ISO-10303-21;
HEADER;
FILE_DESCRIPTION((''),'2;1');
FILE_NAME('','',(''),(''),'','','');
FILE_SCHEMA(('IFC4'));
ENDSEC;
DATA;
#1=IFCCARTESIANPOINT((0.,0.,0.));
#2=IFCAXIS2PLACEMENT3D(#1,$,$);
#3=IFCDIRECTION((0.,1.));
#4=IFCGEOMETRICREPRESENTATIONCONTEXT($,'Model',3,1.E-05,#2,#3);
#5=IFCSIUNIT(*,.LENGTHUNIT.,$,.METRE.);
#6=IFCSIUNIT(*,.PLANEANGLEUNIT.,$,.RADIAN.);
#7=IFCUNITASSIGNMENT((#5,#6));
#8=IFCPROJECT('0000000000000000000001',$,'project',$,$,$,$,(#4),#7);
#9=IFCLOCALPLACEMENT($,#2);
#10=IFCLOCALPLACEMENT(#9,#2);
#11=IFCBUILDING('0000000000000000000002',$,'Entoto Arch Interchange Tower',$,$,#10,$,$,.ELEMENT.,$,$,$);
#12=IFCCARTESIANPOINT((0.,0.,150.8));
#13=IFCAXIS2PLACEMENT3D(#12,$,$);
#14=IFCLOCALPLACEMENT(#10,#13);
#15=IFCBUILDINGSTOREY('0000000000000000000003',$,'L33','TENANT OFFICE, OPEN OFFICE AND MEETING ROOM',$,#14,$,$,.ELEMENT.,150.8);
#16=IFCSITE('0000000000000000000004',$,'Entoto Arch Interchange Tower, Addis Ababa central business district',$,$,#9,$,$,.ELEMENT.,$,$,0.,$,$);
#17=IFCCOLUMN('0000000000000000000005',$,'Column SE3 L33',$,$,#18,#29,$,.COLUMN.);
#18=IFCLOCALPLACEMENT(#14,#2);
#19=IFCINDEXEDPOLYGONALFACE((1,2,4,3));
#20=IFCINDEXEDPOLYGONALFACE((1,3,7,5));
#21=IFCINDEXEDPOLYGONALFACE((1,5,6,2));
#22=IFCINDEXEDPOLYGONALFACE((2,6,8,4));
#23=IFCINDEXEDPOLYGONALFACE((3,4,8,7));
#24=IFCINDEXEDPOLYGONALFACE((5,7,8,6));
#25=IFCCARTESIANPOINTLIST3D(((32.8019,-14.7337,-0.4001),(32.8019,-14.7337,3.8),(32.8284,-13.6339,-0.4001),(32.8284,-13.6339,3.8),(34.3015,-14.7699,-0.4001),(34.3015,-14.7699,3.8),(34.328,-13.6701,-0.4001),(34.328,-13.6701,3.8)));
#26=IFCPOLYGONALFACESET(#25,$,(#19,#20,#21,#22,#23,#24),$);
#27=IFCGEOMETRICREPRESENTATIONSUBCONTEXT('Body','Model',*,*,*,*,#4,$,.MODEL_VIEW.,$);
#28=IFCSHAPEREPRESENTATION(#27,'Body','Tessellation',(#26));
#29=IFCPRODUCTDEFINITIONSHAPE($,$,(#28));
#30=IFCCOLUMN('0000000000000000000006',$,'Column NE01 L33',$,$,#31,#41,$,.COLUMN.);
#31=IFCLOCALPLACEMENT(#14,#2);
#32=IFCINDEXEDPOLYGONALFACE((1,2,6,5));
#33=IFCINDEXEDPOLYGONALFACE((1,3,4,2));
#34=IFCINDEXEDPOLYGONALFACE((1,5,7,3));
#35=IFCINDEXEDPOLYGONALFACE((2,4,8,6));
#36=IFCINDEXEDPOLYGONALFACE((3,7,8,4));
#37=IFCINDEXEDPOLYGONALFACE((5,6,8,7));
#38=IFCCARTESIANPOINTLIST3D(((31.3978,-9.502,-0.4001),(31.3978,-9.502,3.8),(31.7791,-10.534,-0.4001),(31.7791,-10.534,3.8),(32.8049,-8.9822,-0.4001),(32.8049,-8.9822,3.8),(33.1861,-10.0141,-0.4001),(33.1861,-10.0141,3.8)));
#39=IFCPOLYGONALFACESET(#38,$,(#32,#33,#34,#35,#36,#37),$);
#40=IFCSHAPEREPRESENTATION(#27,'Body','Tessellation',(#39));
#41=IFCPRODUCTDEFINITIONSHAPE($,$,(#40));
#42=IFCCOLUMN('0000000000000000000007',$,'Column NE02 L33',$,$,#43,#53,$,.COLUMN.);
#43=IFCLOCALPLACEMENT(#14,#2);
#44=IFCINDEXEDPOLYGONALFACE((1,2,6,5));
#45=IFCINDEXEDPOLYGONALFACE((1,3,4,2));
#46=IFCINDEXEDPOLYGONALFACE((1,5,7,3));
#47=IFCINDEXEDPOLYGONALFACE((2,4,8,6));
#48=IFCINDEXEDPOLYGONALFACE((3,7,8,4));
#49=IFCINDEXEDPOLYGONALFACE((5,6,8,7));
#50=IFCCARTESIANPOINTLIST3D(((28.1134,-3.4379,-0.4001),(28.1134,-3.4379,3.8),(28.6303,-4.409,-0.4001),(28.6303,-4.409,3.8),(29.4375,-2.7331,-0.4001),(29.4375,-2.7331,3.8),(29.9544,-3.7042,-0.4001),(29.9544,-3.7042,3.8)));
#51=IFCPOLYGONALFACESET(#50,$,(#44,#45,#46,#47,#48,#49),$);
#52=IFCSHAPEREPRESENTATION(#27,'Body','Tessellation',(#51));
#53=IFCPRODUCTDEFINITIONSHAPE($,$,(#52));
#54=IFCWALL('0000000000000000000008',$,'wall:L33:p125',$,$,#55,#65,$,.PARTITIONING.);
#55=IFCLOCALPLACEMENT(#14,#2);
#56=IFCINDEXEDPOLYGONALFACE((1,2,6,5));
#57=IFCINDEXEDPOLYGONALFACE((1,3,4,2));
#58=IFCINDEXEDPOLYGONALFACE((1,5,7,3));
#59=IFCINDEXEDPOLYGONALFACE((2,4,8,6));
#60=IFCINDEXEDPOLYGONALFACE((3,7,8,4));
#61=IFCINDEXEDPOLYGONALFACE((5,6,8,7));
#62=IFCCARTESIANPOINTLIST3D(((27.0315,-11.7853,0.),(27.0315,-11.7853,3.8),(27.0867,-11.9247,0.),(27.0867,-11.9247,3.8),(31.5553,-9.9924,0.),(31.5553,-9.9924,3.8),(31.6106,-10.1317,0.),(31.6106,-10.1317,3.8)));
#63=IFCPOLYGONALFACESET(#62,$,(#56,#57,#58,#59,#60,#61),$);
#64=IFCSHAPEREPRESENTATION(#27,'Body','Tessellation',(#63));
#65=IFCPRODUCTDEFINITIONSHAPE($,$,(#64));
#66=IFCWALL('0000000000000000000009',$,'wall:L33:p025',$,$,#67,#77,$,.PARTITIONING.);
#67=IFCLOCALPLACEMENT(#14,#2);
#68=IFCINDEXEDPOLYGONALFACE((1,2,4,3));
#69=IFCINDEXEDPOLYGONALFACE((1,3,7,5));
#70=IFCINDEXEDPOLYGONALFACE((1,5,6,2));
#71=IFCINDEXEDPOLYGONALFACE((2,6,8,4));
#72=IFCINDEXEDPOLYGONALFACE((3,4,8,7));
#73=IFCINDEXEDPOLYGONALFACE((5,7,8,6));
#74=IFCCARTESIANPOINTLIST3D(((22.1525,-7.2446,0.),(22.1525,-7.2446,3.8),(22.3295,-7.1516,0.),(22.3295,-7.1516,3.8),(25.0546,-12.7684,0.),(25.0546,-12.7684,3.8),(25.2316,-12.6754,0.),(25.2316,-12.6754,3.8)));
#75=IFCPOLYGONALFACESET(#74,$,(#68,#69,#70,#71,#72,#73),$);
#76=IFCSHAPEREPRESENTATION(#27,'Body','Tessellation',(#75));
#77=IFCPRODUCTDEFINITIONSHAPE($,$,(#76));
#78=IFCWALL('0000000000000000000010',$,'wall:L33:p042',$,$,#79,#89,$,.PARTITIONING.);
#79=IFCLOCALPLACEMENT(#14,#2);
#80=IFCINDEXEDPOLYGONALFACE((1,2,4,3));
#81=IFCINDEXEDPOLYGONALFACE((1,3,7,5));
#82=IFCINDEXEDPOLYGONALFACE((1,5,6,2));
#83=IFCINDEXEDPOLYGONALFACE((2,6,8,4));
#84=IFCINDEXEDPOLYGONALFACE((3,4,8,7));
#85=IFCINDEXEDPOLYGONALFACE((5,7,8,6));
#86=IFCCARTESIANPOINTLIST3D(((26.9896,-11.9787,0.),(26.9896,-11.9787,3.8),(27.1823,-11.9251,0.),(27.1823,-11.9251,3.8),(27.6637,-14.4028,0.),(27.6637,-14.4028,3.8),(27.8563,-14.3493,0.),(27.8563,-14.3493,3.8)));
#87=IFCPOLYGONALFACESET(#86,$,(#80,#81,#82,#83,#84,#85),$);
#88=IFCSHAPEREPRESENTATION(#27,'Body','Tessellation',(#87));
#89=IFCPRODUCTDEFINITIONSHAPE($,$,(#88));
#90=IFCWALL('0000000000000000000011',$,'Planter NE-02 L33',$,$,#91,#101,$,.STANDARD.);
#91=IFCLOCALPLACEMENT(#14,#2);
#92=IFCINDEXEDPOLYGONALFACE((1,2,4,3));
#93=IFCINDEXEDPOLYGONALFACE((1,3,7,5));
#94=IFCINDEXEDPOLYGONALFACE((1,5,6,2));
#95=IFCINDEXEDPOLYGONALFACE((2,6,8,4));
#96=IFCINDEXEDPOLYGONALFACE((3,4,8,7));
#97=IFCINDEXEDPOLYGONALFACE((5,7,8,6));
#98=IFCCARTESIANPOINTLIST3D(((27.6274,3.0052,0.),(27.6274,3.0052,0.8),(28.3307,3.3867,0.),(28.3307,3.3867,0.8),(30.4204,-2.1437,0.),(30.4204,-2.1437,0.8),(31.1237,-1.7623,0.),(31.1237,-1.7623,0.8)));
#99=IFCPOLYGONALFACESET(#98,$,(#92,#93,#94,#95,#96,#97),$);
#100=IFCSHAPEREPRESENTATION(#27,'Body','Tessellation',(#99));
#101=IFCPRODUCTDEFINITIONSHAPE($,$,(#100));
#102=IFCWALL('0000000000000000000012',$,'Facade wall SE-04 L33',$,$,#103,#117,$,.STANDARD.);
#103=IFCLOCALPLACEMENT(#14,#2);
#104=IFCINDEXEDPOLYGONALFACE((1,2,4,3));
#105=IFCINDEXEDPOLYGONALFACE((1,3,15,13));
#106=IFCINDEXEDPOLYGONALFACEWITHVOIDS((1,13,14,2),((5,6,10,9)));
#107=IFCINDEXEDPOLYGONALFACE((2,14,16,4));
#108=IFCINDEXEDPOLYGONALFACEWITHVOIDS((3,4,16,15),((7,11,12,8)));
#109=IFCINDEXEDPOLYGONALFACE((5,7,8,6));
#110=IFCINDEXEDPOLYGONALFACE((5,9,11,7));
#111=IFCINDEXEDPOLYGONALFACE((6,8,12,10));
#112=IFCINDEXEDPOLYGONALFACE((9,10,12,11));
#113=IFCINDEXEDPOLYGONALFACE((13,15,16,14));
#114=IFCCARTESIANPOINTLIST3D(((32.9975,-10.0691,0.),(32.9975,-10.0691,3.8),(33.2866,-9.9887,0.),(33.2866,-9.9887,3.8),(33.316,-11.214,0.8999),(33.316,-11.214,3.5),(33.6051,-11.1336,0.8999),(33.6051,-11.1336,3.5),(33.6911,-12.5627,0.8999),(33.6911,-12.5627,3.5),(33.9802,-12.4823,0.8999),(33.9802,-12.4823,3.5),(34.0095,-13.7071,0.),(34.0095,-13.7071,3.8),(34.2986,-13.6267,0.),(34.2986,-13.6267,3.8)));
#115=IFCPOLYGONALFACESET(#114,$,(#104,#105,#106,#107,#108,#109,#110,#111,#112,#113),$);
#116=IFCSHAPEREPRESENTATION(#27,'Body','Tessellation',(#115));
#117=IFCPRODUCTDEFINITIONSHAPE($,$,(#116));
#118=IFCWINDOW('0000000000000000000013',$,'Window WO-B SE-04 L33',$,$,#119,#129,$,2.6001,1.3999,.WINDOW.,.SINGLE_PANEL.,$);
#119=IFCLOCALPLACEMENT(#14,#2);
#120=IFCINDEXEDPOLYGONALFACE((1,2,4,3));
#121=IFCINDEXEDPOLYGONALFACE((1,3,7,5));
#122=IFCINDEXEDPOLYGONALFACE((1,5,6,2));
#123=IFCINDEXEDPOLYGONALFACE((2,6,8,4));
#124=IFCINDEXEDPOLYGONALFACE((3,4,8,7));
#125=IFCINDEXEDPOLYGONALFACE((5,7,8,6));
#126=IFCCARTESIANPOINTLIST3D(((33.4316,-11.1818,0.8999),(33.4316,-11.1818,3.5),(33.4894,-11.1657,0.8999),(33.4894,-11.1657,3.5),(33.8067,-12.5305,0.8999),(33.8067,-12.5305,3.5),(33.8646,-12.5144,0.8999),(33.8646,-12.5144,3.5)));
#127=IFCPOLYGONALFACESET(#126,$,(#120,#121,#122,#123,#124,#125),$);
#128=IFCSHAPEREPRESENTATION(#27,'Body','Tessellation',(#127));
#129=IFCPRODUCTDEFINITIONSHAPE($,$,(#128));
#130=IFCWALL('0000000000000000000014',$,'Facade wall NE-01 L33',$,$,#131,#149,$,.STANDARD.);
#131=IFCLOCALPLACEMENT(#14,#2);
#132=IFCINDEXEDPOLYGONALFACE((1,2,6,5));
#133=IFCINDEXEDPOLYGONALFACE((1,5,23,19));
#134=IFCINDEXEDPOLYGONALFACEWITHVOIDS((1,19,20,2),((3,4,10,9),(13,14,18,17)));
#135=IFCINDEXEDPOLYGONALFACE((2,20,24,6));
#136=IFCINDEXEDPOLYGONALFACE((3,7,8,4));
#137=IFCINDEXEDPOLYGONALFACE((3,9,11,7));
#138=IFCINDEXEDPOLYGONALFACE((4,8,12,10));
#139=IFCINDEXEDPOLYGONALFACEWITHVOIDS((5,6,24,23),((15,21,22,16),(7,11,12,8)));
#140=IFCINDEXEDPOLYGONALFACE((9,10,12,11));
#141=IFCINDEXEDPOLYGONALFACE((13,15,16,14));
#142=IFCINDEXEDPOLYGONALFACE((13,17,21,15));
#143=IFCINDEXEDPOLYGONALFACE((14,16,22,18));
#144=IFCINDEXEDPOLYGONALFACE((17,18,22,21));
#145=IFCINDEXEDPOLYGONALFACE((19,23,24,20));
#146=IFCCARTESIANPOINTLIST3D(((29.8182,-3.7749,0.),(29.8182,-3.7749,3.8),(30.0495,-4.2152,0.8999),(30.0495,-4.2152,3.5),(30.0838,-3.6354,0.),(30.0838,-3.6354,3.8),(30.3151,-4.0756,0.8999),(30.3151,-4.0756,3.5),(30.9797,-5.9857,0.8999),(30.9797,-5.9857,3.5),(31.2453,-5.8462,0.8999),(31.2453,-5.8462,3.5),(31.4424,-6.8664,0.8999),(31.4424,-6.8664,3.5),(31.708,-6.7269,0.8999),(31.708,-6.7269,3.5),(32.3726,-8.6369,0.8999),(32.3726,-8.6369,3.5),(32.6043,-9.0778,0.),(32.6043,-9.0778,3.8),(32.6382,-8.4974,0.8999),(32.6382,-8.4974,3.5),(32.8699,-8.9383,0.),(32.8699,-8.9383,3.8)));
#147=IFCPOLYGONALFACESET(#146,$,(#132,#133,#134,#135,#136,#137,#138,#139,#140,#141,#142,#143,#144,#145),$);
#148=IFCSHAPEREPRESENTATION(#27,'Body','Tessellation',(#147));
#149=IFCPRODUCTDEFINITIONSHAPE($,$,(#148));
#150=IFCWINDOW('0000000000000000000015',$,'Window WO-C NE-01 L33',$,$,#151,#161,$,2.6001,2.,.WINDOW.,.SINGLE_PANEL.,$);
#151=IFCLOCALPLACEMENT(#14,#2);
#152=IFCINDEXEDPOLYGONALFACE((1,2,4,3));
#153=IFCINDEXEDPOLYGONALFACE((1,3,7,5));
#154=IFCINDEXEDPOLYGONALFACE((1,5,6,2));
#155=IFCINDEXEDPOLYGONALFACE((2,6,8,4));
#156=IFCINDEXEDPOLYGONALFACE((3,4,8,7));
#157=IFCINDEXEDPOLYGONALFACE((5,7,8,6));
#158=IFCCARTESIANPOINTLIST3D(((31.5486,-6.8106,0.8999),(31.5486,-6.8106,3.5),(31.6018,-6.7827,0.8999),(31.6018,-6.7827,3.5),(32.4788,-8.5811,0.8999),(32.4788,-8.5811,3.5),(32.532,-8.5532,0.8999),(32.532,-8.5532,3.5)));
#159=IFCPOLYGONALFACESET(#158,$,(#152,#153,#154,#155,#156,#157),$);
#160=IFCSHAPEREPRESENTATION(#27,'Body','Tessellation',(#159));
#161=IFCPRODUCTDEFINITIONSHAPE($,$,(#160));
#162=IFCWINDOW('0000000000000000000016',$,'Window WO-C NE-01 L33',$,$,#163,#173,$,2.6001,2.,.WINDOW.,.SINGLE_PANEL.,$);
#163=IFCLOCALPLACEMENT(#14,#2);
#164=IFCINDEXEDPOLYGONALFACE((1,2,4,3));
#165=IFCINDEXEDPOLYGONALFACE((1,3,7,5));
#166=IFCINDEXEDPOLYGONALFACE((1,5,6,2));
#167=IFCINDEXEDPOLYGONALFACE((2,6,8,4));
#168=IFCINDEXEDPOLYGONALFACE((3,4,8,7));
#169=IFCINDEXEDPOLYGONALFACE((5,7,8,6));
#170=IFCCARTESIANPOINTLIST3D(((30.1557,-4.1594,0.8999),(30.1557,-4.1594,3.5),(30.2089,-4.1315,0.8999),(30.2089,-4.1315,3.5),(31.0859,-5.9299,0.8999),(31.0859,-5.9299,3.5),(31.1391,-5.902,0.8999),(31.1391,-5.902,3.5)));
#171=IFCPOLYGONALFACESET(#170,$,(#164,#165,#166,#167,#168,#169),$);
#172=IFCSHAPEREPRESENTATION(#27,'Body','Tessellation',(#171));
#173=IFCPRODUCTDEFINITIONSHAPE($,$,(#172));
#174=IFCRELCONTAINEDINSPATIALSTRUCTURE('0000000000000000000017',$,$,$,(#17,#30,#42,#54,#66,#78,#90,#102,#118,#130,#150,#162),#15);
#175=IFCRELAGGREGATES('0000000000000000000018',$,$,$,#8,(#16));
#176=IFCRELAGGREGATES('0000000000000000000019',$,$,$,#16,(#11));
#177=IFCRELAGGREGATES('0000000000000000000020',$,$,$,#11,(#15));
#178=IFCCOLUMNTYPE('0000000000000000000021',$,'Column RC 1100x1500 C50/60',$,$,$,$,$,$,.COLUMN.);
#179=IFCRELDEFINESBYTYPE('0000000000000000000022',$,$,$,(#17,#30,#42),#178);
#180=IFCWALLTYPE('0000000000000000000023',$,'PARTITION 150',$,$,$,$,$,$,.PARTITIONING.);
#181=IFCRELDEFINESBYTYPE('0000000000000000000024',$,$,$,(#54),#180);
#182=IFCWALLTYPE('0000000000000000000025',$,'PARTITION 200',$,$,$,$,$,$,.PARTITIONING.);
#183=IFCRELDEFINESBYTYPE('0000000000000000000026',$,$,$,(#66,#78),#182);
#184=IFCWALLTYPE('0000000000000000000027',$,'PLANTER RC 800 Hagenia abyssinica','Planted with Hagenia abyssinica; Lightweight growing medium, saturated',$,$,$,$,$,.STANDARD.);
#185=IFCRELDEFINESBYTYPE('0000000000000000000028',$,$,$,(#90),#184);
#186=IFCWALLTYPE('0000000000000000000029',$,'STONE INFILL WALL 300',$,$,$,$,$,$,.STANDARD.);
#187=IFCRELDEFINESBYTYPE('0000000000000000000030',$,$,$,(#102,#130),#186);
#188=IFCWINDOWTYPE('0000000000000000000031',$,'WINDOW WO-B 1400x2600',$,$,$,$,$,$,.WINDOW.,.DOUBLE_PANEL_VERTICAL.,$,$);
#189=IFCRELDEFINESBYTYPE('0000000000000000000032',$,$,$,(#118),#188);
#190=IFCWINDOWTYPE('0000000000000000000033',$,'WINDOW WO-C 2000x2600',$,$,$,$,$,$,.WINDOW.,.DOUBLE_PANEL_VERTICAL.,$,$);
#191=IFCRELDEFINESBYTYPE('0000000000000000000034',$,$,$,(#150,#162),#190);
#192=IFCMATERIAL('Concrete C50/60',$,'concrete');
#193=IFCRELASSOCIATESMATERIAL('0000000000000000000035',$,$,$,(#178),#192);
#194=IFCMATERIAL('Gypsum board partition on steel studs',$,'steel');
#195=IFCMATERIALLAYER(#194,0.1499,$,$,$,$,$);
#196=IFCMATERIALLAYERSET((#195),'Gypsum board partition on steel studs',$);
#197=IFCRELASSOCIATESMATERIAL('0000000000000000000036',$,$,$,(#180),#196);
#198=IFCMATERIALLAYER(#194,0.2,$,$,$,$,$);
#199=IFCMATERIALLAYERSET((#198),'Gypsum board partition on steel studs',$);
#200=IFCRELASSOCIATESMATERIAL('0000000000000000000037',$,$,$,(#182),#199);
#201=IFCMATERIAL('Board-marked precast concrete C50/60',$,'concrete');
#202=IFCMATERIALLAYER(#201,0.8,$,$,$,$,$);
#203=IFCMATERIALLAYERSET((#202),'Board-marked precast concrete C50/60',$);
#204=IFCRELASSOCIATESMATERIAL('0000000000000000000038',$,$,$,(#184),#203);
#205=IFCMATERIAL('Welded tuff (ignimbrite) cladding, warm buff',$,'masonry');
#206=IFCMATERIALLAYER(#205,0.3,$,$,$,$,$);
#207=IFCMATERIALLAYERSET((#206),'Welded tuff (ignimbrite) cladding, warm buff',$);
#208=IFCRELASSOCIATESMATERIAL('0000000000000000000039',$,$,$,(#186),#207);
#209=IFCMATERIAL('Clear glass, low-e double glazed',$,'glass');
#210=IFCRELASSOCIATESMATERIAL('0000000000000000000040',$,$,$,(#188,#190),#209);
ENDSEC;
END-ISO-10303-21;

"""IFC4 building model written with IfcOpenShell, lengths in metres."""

from ifc_helpers import new_model, si_unit, direction, frame, frame_2d, origin, origin_2d, place, context, subcontext, project, spatial, rectangle, extrude, material, layer, layer_set, material_profile, profile_set, type_object, element, fill, save


model = new_model("IFC4")

# Units and contexts
model_context = context("Model", 3, precision=1e-05, world=origin(), true_north=direction((0.0, 1.0)))
body_context = subcontext(model_context, "Body", "Model", "MODEL_VIEW")
ifc_project = project(units=[si_unit("LENGTHUNIT", "METRE"), si_unit("PLANEANGLEUNIT", "RADIAN")], contexts=[model_context])

# Site, building, storey
site_placement = place(None, origin())
site = spatial("IfcSite", under=ifc_project, at=site_placement, Name="Entoto Arch Interchange Tower, Addis Ababa central business district", CompositionType="ELEMENT", RefElevation=0.0)
building_placement = place(site_placement, origin())
building = spatial("IfcBuilding", under=site, at=building_placement, Name="Entoto Arch Interchange Tower", CompositionType="ELEMENT")
storey_placement = place(building_placement, frame((0.0, 0.0, 150.8)))
storey = spatial("IfcBuildingStorey", under=building, at=storey_placement, Name="L33", Description="TENANT OFFICE, OPEN OFFICE AND MEETING ROOM", CompositionType="ELEMENT", Elevation=150.8)

# Columns
ifc_material_1 = material(Name="Concrete C50/60", Category="concrete")
ifc_material_profile = material_profile(ifc_material_1, rectangle(XDim=1.1001, YDim=1.5, at=origin_2d()))
ifc_profile_set = profile_set([ifc_material_profile], Name="Concrete C50/60")
column_type = type_object("IfcColumnType", Name="Column RC 1100x1500 C50/60", PredefinedType="COLUMN", material=ifc_profile_set)
for number, where, z_axis, x_axis, name in (
    (1, (33.5649, -14.2019, -0.4001), (0.0, 0.0, 1.0), (0.024118, 0.999709, 0.0), "Column SE3 L33"),
    (2, (32.292, -9.7581, -0.4001), (0.0, 0.0, 1.0), (-0.346592, 0.938016, 0.0), "Column NE01 L33"),
    (3, (29.0339, -3.571, -0.4001), (0.0, 0.0, 1.0), (-0.469857, 0.882743, 0.0), "Column NE02 L33"),
):
    element("IfcColumn", number, at=place(storey_placement, frame(where, z_axis=z_axis, x_axis=x_axis)), inside=storey, type_object=column_type, Name=name, PredefinedType="COLUMN", context=body_context, shape_type="SweptSolid", body=[
        extrude(rectangle(XDim=1.1001, YDim=1.5, at=origin_2d()), origin(), (0.0, 0.0, 1.0), 4.2002),
    ])

# Walls
ifc_material_2 = material(Name="Gypsum board partition on steel studs", Category="steel")
ifc_layer_1 = layer(ifc_material_2, 0.1499)
ifc_layer_set_1 = layer_set([ifc_layer_1], Name="Gypsum board partition on steel studs")
wall_type_1 = type_object("IfcWallType", Name="PARTITION 150", PredefinedType="PARTITIONING", material=ifc_layer_set_1)
wall_1_placement = place(storey_placement, frame((27.0591, -11.855, 0.0), z_axis=(0.0, 0.0, 1.0), x_axis=(0.929648, 0.368448, 0.0)))
element("IfcWall", 4, at=wall_1_placement, inside=storey, type_object=wall_type_1, Name="wall:L33:p125", PredefinedType="PARTITIONING", context=body_context, shape_type="SweptSolid", body=[
    extrude(rectangle(XDim=4.8662, YDim=0.1499, at=frame_2d((2.4331, 0.0))), origin(), (0.0, 0.0, 1.0), 3.8),
])
ifc_layer_2 = layer(ifc_material_2, 0.2)
ifc_layer_set_2 = layer_set([ifc_layer_2], Name="Gypsum board partition on steel studs")
wall_type_2 = type_object("IfcWallType", Name="PARTITION 200", PredefinedType="PARTITIONING", material=ifc_layer_set_2)
wall_2_placement = place(storey_placement, frame((25.1431, -12.7219, 0.0), z_axis=(0.0, 0.0, 1.0), x_axis=(-0.46509, 0.885263, 0.0)))
element("IfcWall", 5, at=wall_2_placement, inside=storey, type_object=wall_type_2, Name="wall:L33:p025", PredefinedType="PARTITIONING", context=body_context, shape_type="SweptSolid", body=[
    extrude(rectangle(XDim=6.2397, YDim=0.2, at=frame_2d((3.1199, 0.0))), origin(), (0.0, 0.0, 1.0), 3.8),
])
wall_3_placement = place(storey_placement, frame((27.0859, -11.9519, 0.0), z_axis=(0.0, 0.0, 1.0), x_axis=(0.267909, -0.963444, 0.0)))
element("IfcWall", 6, at=wall_3_placement, inside=storey, type_object=wall_type_2, Name="wall:L33:p042", PredefinedType="PARTITIONING", context=body_context, shape_type="SweptSolid", body=[
    extrude(rectangle(XDim=2.5161, YDim=0.2, at=frame_2d((1.2581, 0.0))), origin(), (0.0, 0.0, 1.0), 3.8),
])
ifc_material_3 = material(Name="Board-marked precast concrete C50/60", Category="concrete")
ifc_layer_3 = layer(ifc_material_3, 0.8)
ifc_layer_set_3 = layer_set([ifc_layer_3], Name="Board-marked precast concrete C50/60")
wall_type_3 = type_object("IfcWallType", Name="PLANTER RC 800 Hagenia abyssinica", Description="Planted with Hagenia abyssinica; Lightweight growing medium, saturated", PredefinedType="STANDARD", material=ifc_layer_set_3)
wall_4_placement = place(storey_placement, frame((30.772, -1.9529, 0.0), z_axis=(0.0, 0.0, 1.0), x_axis=(-0.476807, 0.879008, 0.0)))
element("IfcWall", 7, at=wall_4_placement, inside=storey, type_object=wall_type_3, Name="Planter NE-02 L33", PredefinedType="STANDARD", context=body_context, shape_type="SweptSolid", body=[
    extrude(rectangle(XDim=5.8577, YDim=0.8, at=frame_2d((2.9287, 0.0))), origin(), (0.0, 0.0, 1.0), 0.8),
])

# Wall, opening, window
ifc_material_4 = material(Name="Welded tuff (ignimbrite) cladding, warm buff", Category="masonry")
ifc_layer_4 = layer(ifc_material_4, 0.3)
ifc_layer_set_4 = layer_set([ifc_layer_4], Name="Welded tuff (ignimbrite) cladding, warm buff")
wall_type_4 = type_object("IfcWallType", Name="STONE INFILL WALL 300", PredefinedType="STANDARD", material=ifc_layer_set_4)
wall_5_placement = place(storey_placement, frame((34.1541, -13.667, 0.0), z_axis=(0.0, 0.0, 1.0), x_axis=(-0.267994, 0.963421, 0.0)))
wall_5 = element("IfcWall", 8, at=wall_5_placement, inside=storey, type_object=wall_type_4, Name="Facade wall SE-04 L33", PredefinedType="STANDARD", context=body_context, shape_type="SweptSolid", body=[
    extrude(rectangle(XDim=3.7761, YDim=0.3, at=frame_2d((1.8882, 0.0))), origin(), (0.0, 0.0, 1.0), 3.8),
])
opening_1_placement = place(wall_5_placement, frame((1.188, 0.0, 0.8999)))
opening_1 = element("IfcOpeningElement", 9, at=opening_1_placement, cuts=wall_5, PredefinedType="OPENING", context=body_context, shape_type="SweptSolid", body=[
    extrude(rectangle(XDim=1.3999, YDim=2.6001, at=frame_2d((0.7, 1.3))), frame((0.0, 0.1602, 0.0), z_axis=(0.0, -1.0, 0.0), x_axis=(1.0, 0.0, 0.0)), (0.0, 0.0, 1.0), 0.3201),
])
ifc_material_5 = material(Name="Clear glass, low-e double glazed", Category="glass")
window_type_1 = type_object("IfcWindowType", Name="WINDOW WO-B 1400x2600", PartitioningType="DOUBLE_PANEL_VERTICAL", PredefinedType="WINDOW", material=ifc_material_5)
window_1_placement = place(opening_1_placement, origin())
window_1 = element("IfcWindow", 10, at=window_1_placement, inside=storey, type_object=window_type_1, Name="Window WO-B SE-04 L33", OverallHeight=2.6001, OverallWidth=1.3999, PartitioningType="SINGLE_PANEL", PredefinedType="WINDOW", context=body_context, shape_type="SweptSolid", body=[
    extrude(rectangle(XDim=1.3999, YDim=2.6001, at=frame_2d((0.7, 1.3))), frame((0.0, 0.03, 0.0), z_axis=(0.0, -1.0, 0.0), x_axis=(1.0, 0.0, 0.0)), (0.0, 0.0, 1.0), 0.0601),
])
fill(opening_1, window_1)

# Wall, openings, windows
wall_6_placement = place(storey_placement, frame((32.7371, -9.0081, 0.0), z_axis=(0.0, 0.0, 1.0), x_axis=(-0.465105, 0.885256, 0.0)))
wall_6 = element("IfcWall", 11, at=wall_6_placement, inside=storey, type_object=wall_type_4, Name="Facade wall NE-01 L33", PredefinedType="STANDARD", context=body_context, shape_type="SweptSolid", body=[
    extrude(rectangle(XDim=5.9902, YDim=0.3, at=frame_2d((2.9951, 0.0))), origin(), (0.0, 0.0, 1.0), 3.8),
])
opening_2_placement = place(wall_6_placement, frame((0.498, 0.0, 0.8999)))
opening_2 = element("IfcOpeningElement", 12, at=opening_2_placement, cuts=wall_6, PredefinedType="OPENING", context=body_context, shape_type="SweptSolid", body=[
    extrude(rectangle(XDim=2.0, YDim=2.6001, at=frame_2d((1.0, 1.3))), frame((0.0, 0.1602, 0.0), z_axis=(0.0, -1.0, 0.0), x_axis=(1.0, 0.0, 0.0)), (0.0, 0.0, 1.0), 0.3201),
])
opening_3_placement = place(wall_6_placement, frame((3.4929, 0.0, 0.8999)))
opening_3 = element("IfcOpeningElement", 13, at=opening_3_placement, cuts=wall_6, PredefinedType="OPENING", context=body_context, shape_type="SweptSolid", body=[
    extrude(rectangle(XDim=2.0, YDim=2.6001, at=frame_2d((1.0, 1.3))), frame((0.0, 0.1602, 0.0), z_axis=(0.0, -1.0, 0.0), x_axis=(1.0, 0.0, 0.0)), (0.0, 0.0, 1.0), 0.3201),
])
window_type_2 = type_object("IfcWindowType", Name="WINDOW WO-C 2000x2600", PartitioningType="DOUBLE_PANEL_VERTICAL", PredefinedType="WINDOW", material=ifc_material_5)
window_2_placement = place(opening_2_placement, origin())
window_2 = element("IfcWindow", 14, at=window_2_placement, inside=storey, type_object=window_type_2, Name="Window WO-C NE-01 L33", OverallHeight=2.6001, OverallWidth=2.0, PartitioningType="SINGLE_PANEL", PredefinedType="WINDOW", context=body_context, shape_type="SweptSolid", body=[
    extrude(rectangle(XDim=2.0, YDim=2.6001, at=frame_2d((1.0, 1.3))), frame((0.0, 0.03, 0.0), z_axis=(0.0, -1.0, 0.0), x_axis=(1.0, 0.0, 0.0)), (0.0, 0.0, 1.0), 0.0601),
])
fill(opening_2, window_2)
window_3_placement = place(opening_3_placement, origin())
window_3 = element("IfcWindow", 15, at=window_3_placement, inside=storey, type_object=window_type_2, Name="Window WO-C NE-01 L33", OverallHeight=2.6001, OverallWidth=2.0, PartitioningType="SINGLE_PANEL", PredefinedType="WINDOW", context=body_context, shape_type="SweptSolid", body=[
    extrude(rectangle(XDim=2.0, YDim=2.6001, at=frame_2d((1.0, 1.3))), frame((0.0, 0.03, 0.0), z_axis=(0.0, -1.0, 0.0), x_axis=(1.0, 0.0, 0.0)), (0.0, 0.0, 1.0), 0.0601),
])
fill(opening_3, window_3)

save(model, "model.ifc")
